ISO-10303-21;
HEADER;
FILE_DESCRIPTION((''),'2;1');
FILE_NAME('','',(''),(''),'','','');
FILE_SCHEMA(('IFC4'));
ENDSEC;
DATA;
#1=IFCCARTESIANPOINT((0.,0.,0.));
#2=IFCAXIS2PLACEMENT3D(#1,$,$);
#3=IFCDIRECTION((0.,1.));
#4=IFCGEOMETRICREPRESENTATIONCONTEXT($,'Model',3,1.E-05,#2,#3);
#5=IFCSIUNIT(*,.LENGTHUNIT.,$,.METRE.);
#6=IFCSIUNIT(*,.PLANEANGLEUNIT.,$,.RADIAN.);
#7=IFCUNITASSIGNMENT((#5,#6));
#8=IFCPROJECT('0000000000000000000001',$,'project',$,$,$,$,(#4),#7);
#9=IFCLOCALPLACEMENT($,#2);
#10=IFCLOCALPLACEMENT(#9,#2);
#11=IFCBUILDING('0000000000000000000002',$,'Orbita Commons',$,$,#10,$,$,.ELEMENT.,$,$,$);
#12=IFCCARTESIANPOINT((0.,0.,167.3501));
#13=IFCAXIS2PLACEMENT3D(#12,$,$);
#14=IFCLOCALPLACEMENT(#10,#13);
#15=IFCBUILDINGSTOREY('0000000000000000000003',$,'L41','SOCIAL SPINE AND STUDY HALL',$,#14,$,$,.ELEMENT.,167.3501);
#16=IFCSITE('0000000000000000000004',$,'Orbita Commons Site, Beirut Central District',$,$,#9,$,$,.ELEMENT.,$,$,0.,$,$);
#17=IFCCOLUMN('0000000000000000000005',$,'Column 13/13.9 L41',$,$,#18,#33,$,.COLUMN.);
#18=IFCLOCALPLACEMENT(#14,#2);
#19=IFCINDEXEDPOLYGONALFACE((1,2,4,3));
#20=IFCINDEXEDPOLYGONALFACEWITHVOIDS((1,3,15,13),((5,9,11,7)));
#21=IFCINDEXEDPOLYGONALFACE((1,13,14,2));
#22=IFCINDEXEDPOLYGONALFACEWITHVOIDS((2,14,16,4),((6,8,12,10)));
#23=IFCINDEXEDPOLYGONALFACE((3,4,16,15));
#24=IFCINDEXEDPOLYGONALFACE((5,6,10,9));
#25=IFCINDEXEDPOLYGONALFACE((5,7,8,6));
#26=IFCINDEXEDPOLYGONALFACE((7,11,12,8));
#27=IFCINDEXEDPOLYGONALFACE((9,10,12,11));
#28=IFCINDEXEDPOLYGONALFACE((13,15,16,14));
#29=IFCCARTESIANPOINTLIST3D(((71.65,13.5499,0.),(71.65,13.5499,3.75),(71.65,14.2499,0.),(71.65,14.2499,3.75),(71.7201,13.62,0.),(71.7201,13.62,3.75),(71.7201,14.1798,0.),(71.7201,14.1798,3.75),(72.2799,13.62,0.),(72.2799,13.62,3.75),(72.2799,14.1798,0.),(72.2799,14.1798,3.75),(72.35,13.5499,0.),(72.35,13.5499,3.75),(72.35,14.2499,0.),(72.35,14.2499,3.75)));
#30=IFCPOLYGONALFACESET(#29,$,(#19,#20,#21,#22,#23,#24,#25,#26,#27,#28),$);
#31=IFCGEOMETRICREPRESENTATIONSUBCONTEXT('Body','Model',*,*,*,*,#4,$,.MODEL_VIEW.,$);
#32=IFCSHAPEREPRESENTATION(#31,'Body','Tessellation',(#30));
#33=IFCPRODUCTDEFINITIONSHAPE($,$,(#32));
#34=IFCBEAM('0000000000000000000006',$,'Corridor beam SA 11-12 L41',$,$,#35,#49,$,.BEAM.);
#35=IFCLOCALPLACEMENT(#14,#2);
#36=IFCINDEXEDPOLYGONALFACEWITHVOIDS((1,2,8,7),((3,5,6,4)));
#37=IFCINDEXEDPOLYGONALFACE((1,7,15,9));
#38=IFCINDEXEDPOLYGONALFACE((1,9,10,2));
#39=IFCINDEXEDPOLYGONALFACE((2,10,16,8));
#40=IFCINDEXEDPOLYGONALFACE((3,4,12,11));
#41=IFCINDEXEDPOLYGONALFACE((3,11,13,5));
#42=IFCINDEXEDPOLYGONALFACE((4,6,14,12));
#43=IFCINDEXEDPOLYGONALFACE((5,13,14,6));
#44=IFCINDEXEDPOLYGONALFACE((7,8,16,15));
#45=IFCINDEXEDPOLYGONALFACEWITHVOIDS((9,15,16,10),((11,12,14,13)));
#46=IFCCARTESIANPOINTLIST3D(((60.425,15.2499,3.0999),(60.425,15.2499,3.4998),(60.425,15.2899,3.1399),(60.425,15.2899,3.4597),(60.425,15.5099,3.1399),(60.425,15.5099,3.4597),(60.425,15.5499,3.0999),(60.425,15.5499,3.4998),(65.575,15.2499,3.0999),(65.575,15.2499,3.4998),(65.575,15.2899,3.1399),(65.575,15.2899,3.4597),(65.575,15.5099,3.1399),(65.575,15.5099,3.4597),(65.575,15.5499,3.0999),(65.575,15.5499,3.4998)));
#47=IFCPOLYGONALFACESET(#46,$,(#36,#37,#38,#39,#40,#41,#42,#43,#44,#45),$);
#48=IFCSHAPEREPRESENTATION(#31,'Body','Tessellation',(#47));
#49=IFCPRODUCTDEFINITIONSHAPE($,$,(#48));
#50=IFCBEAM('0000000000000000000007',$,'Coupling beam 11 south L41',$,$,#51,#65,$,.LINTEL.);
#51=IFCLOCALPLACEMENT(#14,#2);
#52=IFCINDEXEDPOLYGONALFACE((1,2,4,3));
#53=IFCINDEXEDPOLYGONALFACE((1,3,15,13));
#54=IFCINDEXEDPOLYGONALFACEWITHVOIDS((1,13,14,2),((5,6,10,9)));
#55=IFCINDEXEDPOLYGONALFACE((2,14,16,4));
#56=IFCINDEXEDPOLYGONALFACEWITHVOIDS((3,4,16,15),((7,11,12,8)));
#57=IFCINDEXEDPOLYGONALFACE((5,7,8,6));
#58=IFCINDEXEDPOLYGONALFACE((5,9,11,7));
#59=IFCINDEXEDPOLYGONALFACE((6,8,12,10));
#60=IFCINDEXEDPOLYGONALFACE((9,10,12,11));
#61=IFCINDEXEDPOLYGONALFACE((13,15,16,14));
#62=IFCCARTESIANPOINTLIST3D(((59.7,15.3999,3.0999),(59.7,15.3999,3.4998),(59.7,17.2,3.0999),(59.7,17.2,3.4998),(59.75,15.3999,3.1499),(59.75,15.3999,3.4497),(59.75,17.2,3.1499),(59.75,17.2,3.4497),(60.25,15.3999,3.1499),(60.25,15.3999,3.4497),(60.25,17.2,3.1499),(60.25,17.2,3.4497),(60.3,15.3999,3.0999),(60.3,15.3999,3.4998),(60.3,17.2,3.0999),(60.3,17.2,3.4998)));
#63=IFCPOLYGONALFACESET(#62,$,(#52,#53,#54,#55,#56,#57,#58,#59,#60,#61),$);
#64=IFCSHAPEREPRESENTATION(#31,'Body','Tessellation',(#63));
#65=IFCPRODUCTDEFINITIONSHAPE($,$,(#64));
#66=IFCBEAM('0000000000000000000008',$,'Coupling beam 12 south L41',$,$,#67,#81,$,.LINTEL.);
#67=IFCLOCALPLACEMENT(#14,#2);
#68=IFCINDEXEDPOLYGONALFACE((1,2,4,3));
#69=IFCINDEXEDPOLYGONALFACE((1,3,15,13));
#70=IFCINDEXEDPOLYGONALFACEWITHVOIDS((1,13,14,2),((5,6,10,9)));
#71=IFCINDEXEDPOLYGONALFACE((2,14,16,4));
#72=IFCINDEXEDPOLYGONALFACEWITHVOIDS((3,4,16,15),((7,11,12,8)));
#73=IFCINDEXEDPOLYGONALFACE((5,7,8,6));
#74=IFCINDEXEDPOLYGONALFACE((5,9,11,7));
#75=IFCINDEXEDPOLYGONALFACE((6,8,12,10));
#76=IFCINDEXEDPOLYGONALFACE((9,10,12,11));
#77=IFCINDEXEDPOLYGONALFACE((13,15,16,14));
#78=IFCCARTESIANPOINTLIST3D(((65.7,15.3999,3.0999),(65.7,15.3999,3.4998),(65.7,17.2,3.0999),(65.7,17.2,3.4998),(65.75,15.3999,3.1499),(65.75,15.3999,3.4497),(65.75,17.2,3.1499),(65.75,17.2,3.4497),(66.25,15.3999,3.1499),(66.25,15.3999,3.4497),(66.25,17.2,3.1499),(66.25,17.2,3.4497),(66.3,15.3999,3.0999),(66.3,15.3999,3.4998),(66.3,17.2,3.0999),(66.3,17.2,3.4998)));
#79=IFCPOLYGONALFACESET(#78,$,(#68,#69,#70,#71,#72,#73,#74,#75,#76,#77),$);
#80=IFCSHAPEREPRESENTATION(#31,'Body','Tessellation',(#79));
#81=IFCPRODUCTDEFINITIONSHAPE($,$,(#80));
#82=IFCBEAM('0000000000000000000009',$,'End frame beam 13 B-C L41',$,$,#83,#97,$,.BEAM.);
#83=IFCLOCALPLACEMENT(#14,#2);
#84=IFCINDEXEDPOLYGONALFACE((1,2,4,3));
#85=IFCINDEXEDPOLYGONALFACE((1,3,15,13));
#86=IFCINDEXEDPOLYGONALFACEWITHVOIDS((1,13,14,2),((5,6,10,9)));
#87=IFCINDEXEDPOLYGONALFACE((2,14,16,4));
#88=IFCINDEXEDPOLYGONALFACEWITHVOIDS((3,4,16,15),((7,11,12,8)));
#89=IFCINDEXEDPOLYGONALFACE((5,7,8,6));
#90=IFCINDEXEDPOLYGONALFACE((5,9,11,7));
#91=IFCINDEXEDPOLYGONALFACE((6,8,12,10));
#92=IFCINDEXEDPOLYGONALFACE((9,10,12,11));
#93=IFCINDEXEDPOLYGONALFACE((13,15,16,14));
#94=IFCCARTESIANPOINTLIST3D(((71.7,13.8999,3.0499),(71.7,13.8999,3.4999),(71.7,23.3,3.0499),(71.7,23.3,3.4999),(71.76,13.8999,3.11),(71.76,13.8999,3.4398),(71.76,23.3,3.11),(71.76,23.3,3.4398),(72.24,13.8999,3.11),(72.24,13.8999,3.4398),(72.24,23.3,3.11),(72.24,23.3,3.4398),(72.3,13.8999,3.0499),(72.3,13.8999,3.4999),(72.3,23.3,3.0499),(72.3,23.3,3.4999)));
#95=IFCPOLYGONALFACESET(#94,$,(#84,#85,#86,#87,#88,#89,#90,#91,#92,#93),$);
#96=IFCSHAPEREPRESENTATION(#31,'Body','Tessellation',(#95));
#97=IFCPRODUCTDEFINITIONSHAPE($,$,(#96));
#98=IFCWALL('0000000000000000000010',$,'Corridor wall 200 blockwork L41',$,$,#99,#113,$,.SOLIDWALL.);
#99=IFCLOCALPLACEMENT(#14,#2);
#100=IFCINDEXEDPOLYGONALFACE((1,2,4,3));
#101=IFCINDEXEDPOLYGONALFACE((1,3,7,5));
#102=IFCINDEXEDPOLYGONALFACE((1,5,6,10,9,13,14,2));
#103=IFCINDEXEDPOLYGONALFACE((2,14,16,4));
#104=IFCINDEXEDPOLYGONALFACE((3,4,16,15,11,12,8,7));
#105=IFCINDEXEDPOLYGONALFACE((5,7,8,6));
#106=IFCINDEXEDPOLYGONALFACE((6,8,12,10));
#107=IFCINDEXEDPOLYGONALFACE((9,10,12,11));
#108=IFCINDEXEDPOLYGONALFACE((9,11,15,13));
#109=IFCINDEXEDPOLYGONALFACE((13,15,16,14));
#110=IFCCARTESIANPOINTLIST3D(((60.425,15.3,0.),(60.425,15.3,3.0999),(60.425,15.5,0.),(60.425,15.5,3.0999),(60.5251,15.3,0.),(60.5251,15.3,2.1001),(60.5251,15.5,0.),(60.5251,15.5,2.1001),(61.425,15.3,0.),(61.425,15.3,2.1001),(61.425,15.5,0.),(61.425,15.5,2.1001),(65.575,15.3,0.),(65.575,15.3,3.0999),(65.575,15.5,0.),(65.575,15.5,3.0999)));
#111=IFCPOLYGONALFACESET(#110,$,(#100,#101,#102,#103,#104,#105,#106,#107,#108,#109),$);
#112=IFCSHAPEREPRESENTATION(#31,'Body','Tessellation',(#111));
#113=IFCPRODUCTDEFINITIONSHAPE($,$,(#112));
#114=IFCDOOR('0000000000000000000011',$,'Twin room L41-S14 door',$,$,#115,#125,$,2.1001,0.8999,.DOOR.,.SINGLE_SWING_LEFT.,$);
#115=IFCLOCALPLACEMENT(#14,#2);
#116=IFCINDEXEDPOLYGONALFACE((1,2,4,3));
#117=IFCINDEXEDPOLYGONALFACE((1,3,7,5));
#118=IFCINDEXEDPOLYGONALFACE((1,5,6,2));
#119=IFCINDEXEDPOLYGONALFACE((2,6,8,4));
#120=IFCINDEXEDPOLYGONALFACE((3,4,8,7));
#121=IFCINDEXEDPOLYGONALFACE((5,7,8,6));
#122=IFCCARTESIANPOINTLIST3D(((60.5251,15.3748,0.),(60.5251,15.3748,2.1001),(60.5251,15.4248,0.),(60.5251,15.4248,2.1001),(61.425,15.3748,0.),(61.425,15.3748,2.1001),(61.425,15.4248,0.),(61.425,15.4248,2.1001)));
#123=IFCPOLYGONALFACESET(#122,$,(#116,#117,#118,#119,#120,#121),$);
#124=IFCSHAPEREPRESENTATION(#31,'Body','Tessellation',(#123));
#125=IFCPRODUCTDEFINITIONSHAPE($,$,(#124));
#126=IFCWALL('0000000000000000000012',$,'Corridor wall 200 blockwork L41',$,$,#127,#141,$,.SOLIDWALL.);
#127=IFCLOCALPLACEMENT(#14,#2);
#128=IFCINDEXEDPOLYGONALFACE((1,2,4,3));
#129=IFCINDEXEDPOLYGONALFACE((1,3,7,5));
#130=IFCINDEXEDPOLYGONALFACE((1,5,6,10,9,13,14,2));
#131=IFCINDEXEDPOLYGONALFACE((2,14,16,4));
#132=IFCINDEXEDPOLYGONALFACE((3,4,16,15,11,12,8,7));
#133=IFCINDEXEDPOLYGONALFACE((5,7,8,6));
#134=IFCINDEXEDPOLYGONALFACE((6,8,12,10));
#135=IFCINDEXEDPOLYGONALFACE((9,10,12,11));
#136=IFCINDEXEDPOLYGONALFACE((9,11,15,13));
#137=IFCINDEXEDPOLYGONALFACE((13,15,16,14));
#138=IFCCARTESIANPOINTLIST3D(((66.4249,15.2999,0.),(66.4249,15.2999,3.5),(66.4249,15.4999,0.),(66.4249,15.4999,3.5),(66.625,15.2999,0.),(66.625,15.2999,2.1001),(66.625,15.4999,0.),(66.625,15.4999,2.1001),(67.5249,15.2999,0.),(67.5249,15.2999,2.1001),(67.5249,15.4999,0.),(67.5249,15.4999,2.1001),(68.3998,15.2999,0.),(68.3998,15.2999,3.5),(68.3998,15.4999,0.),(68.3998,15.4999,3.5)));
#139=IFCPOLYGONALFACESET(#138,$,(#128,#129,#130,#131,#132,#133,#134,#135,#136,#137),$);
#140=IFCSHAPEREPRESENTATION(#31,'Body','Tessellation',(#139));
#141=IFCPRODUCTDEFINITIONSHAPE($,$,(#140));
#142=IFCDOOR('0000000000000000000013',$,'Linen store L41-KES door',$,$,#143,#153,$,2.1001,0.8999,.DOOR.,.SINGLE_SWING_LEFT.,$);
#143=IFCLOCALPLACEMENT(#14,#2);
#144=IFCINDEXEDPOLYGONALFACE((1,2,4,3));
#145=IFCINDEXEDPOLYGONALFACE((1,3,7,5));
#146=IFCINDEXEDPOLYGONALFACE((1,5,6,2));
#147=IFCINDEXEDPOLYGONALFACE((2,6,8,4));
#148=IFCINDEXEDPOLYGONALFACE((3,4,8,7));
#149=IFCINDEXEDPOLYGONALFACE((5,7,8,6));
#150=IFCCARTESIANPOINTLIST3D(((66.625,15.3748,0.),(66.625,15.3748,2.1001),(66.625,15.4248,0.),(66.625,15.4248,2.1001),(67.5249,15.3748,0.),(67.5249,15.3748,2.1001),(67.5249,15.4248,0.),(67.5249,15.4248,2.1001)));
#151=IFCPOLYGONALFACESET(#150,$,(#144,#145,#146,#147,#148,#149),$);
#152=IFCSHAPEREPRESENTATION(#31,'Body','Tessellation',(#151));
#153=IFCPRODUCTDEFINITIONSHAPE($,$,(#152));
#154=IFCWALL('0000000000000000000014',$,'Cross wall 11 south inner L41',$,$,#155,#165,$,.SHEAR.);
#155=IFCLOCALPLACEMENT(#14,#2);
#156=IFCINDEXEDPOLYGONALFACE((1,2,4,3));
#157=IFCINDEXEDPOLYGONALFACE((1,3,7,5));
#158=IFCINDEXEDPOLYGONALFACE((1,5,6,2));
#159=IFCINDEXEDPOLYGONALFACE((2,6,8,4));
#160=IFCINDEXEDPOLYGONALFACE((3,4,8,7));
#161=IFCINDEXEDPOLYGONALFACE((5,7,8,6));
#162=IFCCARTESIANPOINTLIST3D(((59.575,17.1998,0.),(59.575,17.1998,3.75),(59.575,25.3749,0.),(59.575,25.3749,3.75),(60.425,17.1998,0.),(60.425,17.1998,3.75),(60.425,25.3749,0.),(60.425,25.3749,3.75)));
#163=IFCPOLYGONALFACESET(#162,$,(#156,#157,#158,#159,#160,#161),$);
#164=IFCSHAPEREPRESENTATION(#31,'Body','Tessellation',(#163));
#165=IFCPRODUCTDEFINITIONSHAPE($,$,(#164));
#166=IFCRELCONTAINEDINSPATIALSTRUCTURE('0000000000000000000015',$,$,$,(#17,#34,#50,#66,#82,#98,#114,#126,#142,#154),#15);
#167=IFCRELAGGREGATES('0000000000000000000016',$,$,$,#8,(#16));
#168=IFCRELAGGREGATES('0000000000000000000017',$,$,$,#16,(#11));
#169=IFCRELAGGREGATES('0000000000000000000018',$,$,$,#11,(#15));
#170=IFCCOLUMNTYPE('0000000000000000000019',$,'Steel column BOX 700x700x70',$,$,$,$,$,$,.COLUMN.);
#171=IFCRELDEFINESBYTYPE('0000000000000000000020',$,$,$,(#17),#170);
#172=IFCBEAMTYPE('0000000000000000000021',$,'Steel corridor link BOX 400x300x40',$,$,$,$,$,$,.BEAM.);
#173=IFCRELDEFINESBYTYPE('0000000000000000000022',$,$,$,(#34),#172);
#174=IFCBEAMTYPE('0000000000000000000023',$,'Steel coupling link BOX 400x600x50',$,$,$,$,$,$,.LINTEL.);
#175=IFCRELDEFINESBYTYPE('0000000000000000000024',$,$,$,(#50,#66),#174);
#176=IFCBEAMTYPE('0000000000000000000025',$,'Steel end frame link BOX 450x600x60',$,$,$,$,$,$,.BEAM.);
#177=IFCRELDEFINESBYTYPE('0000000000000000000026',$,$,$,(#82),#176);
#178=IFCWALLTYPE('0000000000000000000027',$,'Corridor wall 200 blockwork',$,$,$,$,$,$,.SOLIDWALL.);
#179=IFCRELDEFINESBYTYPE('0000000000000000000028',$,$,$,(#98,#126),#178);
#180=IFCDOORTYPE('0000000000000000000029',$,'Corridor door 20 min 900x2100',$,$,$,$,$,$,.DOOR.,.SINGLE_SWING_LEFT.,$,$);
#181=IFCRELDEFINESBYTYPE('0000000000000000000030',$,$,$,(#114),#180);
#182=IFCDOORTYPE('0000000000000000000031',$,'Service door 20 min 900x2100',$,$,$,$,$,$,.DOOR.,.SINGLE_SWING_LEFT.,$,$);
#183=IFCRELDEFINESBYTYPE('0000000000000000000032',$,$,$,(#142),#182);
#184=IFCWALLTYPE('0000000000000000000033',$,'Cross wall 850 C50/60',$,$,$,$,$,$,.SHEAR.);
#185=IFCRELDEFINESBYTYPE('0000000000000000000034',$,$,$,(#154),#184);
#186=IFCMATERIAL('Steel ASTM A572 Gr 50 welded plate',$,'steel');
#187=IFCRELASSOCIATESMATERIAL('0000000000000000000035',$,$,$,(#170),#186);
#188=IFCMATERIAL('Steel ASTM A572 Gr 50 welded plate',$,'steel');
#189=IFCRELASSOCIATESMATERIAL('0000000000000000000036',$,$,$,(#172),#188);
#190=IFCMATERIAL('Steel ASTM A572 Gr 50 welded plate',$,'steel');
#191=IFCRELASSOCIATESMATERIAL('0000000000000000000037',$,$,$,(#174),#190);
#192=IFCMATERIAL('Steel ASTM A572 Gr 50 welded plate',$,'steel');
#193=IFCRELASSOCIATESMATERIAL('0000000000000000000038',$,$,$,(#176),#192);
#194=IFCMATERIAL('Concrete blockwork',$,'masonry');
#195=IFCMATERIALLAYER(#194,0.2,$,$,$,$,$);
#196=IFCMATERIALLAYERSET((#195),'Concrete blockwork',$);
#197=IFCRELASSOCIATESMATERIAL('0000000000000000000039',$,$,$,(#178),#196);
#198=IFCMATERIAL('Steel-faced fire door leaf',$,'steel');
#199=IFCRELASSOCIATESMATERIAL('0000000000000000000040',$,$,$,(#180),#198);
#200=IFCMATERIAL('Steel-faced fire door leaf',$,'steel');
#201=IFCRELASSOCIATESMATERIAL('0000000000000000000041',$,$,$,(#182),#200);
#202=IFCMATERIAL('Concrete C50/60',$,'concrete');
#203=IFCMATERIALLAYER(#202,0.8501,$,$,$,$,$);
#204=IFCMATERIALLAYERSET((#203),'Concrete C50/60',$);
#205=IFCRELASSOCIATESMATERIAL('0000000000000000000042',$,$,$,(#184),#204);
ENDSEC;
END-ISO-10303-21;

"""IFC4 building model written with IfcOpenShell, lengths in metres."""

from ifc_helpers import new_model, si_unit, direction, frame, frame_2d, origin, origin_2d, place, context, subcontext, project, spatial, polyline, rectangle, hollow_rectangle, outline, extrude, material, layer, layer_set, material_profile, profile_set, type_object, element, fill, save


model = new_model("IFC4")

# Units and contexts
model_context = context("Model", 3, precision=1e-05, world=origin(), true_north=direction((0.0, 1.0)))
body_context = subcontext(model_context, "Body", "Model", "MODEL_VIEW")
ifc_project = project(units=[si_unit("LENGTHUNIT", "METRE"), si_unit("PLANEANGLEUNIT", "RADIAN")], contexts=[model_context])

# Site, building, storey
site_placement = place(None, origin())
site = spatial("IfcSite", under=ifc_project, at=site_placement, Name="Orbita Commons Site, Beirut Central District", CompositionType="ELEMENT", RefElevation=0.0)
building_placement = place(site_placement, origin())
building = spatial("IfcBuilding", under=site, at=building_placement, Name="Orbita Commons", CompositionType="ELEMENT")
storey_placement = place(building_placement, frame((0.0, 0.0, 167.3501)))
storey = spatial("IfcBuildingStorey", under=building, at=storey_placement, Name="L41", Description="SOCIAL SPINE AND STUDY HALL", CompositionType="ELEMENT", Elevation=167.3501)

# Column
ifc_material_1 = material(Name="Steel ASTM A572 Gr 50 welded plate", Category="steel")
ifc_material_profile_1 = material_profile(ifc_material_1, hollow_rectangle(XDim=0.7, YDim=0.7, WallThickness=0.0701, at=origin_2d()), Name="BOX 700x700x70")
ifc_profile_set_1 = profile_set([ifc_material_profile_1], Name="Steel ASTM A572 Gr 50 welded plate")
column_type = type_object("IfcColumnType", Name="Steel column BOX 700x700x70", PredefinedType="COLUMN", material=ifc_profile_set_1)
column_placement = place(storey_placement, frame((72.0, 13.8999, 0.0), z_axis=(0.0, 0.0, 1.0), x_axis=(1.0, 0.0, 0.0)))
element("IfcColumn", 1, at=column_placement, inside=storey, type_object=column_type, Name="Column 13/13.9 L41", PredefinedType="COLUMN", context=body_context, shape_type="SweptSolid", body=[
    extrude(hollow_rectangle(XDim=0.7, YDim=0.7, WallThickness=0.0701, at=origin_2d()), origin(), (0.0, 0.0, 1.0), 3.75),
])

# Beams
ifc_material_2 = material(Name="Steel ASTM A572 Gr 50 welded plate", Category="steel")
ifc_material_profile_2 = material_profile(ifc_material_2, hollow_rectangle(XDim=0.3, YDim=0.3999, WallThickness=0.04, at=origin_2d()), Name="BOX 400x300x40")
ifc_profile_set_2 = profile_set([ifc_material_profile_2], Name="Steel ASTM A572 Gr 50 welded plate")
beam_type_1 = type_object("IfcBeamType", Name="Steel corridor link BOX 400x300x40", PredefinedType="BEAM", material=ifc_profile_set_2)
beam_1_placement = place(storey_placement, frame((60.425, 15.3999, 3.2998), z_axis=(1.0, 0.0, 0.0), x_axis=(0.0, 1.0, 0.0)))
element("IfcBeam", 2, at=beam_1_placement, inside=storey, type_object=beam_type_1, Name="Corridor beam SA 11-12 L41", PredefinedType="BEAM", context=body_context, shape_type="SweptSolid", body=[
    extrude(hollow_rectangle(XDim=0.3, YDim=0.3999, WallThickness=0.04, at=origin_2d()), origin(), (0.0, 0.0, 1.0), 5.1499),
])
ifc_material_3 = material(Name="Steel ASTM A572 Gr 50 welded plate", Category="steel")
ifc_material_profile_3 = material_profile(ifc_material_3, hollow_rectangle(XDim=0.6001, YDim=0.3999, WallThickness=0.05, at=origin_2d()), Name="BOX 400x600x50")
ifc_profile_set_3 = profile_set([ifc_material_profile_3], Name="Steel ASTM A572 Gr 50 welded plate")
beam_type_2 = type_object("IfcBeamType", Name="Steel coupling link BOX 400x600x50", PredefinedType="LINTEL", material=ifc_profile_set_3)
for number, where, z_axis, x_axis, name in (
    (3, (60.0, 15.3999, 3.2998), (0.0, 1.0, 0.0), (-1.0, 0.0, 0.0), "Coupling beam 11 south L41"),
    (4, (66.0, 15.3999, 3.2998), (0.0, 1.0, 0.0), (-1.0, 0.0, 0.0), "Coupling beam 12 south L41"),
):
    element("IfcBeam", number, at=place(storey_placement, frame(where, z_axis=z_axis, x_axis=x_axis)), inside=storey, type_object=beam_type_2, Name=name, PredefinedType="LINTEL", context=body_context, shape_type="SweptSolid", body=[
        extrude(hollow_rectangle(XDim=0.6001, YDim=0.3999, WallThickness=0.05, at=origin_2d()), origin(), (0.0, 0.0, 1.0), 1.8),
    ])
ifc_material_4 = material(Name="Steel ASTM A572 Gr 50 welded plate", Category="steel")
ifc_material_profile_4 = material_profile(ifc_material_4, hollow_rectangle(XDim=0.6001, YDim=0.45, WallThickness=0.0601, at=origin_2d()), Name="BOX 450x600x60")
ifc_profile_set_4 = profile_set([ifc_material_profile_4], Name="Steel ASTM A572 Gr 50 welded plate")
beam_type_3 = type_object("IfcBeamType", Name="Steel end frame link BOX 450x600x60", PredefinedType="BEAM", material=ifc_profile_set_4)
beam_2_placement = place(storey_placement, frame((72.0, 13.8999, 3.2749), z_axis=(0.0, 1.0, 0.0), x_axis=(-1.0, 0.0, 0.0)))
element("IfcBeam", 5, at=beam_2_placement, inside=storey, type_object=beam_type_3, Name="End frame beam 13 B-C L41", PredefinedType="BEAM", context=body_context, shape_type="SweptSolid", body=[
    extrude(hollow_rectangle(XDim=0.6001, YDim=0.45, WallThickness=0.0601, at=origin_2d()), origin(), (0.0, 0.0, 1.0), 9.4001),
])

# Walls, openings, doors
ifc_material_5 = material(Name="Concrete blockwork", Category="masonry")
ifc_layer_1 = layer(ifc_material_5, 0.2)
ifc_layer_set_1 = layer_set([ifc_layer_1], Name="Concrete blockwork")
wall_type_1 = type_object("IfcWallType", Name="Corridor wall 200 blockwork", PredefinedType="SOLIDWALL", material=ifc_layer_set_1)
wall_1_placement = place(storey_placement, frame((60.425, 15.3999, 0.0), z_axis=(0.0, 0.0, 1.0), x_axis=(1.0, 0.0, 0.0)))
wall_1 = element("IfcWall", 6, at=wall_1_placement, inside=storey, type_object=wall_type_1, Name="Corridor wall 200 blockwork L41", PredefinedType="SOLIDWALL", context=body_context, shape_type="SweptSolid", body=[
    extrude(outline(polyline([(0.0, 0.0), (5.1499, 0.0), (5.1499, 3.0999), (0.0, 3.0999), (0.0, 0.0)])), frame((0.0, 0.1001, 0.0), z_axis=(0.0, -1.0, 0.0), x_axis=(1.0, 0.0, 0.0)), (0.0, 0.0, 1.0), 0.2),
])
opening_1_placement = place(wall_1_placement, frame((0.1001, 0.0, 0.0)))
opening_1 = element("IfcOpeningElement", 7, at=opening_1_placement, cuts=wall_1, PredefinedType="OPENING", context=body_context, shape_type="SweptSolid", body=[
    extrude(rectangle(XDim=0.8999, YDim=2.1001, at=frame_2d((0.45, 1.05))), frame((0.0, 0.1099, 0.0), z_axis=(0.0, -1.0, 0.0), x_axis=(1.0, 0.0, 0.0)), (0.0, 0.0, 1.0), 0.22),
])
ifc_material_6 = material(Name="Steel-faced fire door leaf", Category="steel")
door_type_1 = type_object("IfcDoorType", Name="Corridor door 20 min 900x2100", OperationType="SINGLE_SWING_LEFT", PredefinedType="DOOR", material=ifc_material_6)
door_1_placement = place(opening_1_placement, origin())
door_1 = element("IfcDoor", 8, at=door_1_placement, inside=storey, type_object=door_type_1, Name="Twin room L41-S14 door", OperationType="SINGLE_SWING_LEFT", OverallHeight=2.1001, OverallWidth=0.8999, PredefinedType="DOOR", context=body_context, shape_type="SweptSolid", body=[
    extrude(rectangle(XDim=0.8999, YDim=2.1001, at=frame_2d((0.45, 1.05))), frame((0.0, 0.0249, 0.0), z_axis=(0.0, -1.0, 0.0), x_axis=(1.0, 0.0, 0.0)), (0.0, 0.0, 1.0), 0.05),
])
fill(opening_1, door_1)
wall_2_placement = place(storey_placement, frame((66.425, 15.3999, 0.0), z_axis=(0.0, 0.0, 1.0), x_axis=(1.0, 0.0, 0.0)))
wall_2 = element("IfcWall", 9, at=wall_2_placement, inside=storey, type_object=wall_type_1, Name="Corridor wall 200 blockwork L41", PredefinedType="SOLIDWALL", context=body_context, shape_type="SweptSolid", body=[
    extrude(rectangle(XDim=1.9749, YDim=0.2, at=frame_2d((0.9873, 0.0))), origin(), (0.0, 0.0, 1.0), 3.5),
])
opening_2_placement = place(wall_2_placement, frame((0.2, 0.0, 0.0)))
opening_2 = element("IfcOpeningElement", 10, at=opening_2_placement, cuts=wall_2, PredefinedType="OPENING", context=body_context, shape_type="SweptSolid", body=[
    extrude(rectangle(XDim=0.8999, YDim=2.1001, at=frame_2d((0.45, 1.05))), frame((0.0, 0.1099, 0.0), z_axis=(0.0, -1.0, 0.0), x_axis=(1.0, 0.0, 0.0)), (0.0, 0.0, 1.0), 0.22),
])
ifc_material_7 = material(Name="Steel-faced fire door leaf", Category="steel")
door_type_2 = type_object("IfcDoorType", Name="Service door 20 min 900x2100", OperationType="SINGLE_SWING_LEFT", PredefinedType="DOOR", material=ifc_material_7)
door_2_placement = place(opening_2_placement, origin())
door_2 = element("IfcDoor", 11, at=door_2_placement, inside=storey, type_object=door_type_2, Name="Linen store L41-KES door", OperationType="SINGLE_SWING_LEFT", OverallHeight=2.1001, OverallWidth=0.8999, PredefinedType="DOOR", context=body_context, shape_type="SweptSolid", body=[
    extrude(rectangle(XDim=0.8999, YDim=2.1001, at=frame_2d((0.45, 1.05))), frame((0.0, 0.0249, 0.0), z_axis=(0.0, -1.0, 0.0), x_axis=(1.0, 0.0, 0.0)), (0.0, 0.0, 1.0), 0.05),
])
fill(opening_2, door_2)

# Wall
ifc_material_8 = material(Name="Concrete C50/60", Category="concrete")
ifc_layer_2 = layer(ifc_material_8, 0.8501)
ifc_layer_set_2 = layer_set([ifc_layer_2], Name="Concrete C50/60")
wall_type_2 = type_object("IfcWallType", Name="Cross wall 850 C50/60", PredefinedType="SHEAR", material=ifc_layer_set_2)
wall_3_placement = place(storey_placement, frame((60.0, 17.2, 0.0), z_axis=(0.0, 0.0, 1.0), x_axis=(0.0, 1.0, 0.0)))
element("IfcWall", 12, at=wall_3_placement, inside=storey, type_object=wall_type_2, Name="Cross wall 11 south inner L41", PredefinedType="SHEAR", context=body_context, shape_type="SweptSolid", body=[
    extrude(rectangle(XDim=8.175, YDim=0.8501, at=frame_2d((4.0874, 0.0))), origin(), (0.0, 0.0, 1.0), 3.75),
])

save(model, "model.ifc")
